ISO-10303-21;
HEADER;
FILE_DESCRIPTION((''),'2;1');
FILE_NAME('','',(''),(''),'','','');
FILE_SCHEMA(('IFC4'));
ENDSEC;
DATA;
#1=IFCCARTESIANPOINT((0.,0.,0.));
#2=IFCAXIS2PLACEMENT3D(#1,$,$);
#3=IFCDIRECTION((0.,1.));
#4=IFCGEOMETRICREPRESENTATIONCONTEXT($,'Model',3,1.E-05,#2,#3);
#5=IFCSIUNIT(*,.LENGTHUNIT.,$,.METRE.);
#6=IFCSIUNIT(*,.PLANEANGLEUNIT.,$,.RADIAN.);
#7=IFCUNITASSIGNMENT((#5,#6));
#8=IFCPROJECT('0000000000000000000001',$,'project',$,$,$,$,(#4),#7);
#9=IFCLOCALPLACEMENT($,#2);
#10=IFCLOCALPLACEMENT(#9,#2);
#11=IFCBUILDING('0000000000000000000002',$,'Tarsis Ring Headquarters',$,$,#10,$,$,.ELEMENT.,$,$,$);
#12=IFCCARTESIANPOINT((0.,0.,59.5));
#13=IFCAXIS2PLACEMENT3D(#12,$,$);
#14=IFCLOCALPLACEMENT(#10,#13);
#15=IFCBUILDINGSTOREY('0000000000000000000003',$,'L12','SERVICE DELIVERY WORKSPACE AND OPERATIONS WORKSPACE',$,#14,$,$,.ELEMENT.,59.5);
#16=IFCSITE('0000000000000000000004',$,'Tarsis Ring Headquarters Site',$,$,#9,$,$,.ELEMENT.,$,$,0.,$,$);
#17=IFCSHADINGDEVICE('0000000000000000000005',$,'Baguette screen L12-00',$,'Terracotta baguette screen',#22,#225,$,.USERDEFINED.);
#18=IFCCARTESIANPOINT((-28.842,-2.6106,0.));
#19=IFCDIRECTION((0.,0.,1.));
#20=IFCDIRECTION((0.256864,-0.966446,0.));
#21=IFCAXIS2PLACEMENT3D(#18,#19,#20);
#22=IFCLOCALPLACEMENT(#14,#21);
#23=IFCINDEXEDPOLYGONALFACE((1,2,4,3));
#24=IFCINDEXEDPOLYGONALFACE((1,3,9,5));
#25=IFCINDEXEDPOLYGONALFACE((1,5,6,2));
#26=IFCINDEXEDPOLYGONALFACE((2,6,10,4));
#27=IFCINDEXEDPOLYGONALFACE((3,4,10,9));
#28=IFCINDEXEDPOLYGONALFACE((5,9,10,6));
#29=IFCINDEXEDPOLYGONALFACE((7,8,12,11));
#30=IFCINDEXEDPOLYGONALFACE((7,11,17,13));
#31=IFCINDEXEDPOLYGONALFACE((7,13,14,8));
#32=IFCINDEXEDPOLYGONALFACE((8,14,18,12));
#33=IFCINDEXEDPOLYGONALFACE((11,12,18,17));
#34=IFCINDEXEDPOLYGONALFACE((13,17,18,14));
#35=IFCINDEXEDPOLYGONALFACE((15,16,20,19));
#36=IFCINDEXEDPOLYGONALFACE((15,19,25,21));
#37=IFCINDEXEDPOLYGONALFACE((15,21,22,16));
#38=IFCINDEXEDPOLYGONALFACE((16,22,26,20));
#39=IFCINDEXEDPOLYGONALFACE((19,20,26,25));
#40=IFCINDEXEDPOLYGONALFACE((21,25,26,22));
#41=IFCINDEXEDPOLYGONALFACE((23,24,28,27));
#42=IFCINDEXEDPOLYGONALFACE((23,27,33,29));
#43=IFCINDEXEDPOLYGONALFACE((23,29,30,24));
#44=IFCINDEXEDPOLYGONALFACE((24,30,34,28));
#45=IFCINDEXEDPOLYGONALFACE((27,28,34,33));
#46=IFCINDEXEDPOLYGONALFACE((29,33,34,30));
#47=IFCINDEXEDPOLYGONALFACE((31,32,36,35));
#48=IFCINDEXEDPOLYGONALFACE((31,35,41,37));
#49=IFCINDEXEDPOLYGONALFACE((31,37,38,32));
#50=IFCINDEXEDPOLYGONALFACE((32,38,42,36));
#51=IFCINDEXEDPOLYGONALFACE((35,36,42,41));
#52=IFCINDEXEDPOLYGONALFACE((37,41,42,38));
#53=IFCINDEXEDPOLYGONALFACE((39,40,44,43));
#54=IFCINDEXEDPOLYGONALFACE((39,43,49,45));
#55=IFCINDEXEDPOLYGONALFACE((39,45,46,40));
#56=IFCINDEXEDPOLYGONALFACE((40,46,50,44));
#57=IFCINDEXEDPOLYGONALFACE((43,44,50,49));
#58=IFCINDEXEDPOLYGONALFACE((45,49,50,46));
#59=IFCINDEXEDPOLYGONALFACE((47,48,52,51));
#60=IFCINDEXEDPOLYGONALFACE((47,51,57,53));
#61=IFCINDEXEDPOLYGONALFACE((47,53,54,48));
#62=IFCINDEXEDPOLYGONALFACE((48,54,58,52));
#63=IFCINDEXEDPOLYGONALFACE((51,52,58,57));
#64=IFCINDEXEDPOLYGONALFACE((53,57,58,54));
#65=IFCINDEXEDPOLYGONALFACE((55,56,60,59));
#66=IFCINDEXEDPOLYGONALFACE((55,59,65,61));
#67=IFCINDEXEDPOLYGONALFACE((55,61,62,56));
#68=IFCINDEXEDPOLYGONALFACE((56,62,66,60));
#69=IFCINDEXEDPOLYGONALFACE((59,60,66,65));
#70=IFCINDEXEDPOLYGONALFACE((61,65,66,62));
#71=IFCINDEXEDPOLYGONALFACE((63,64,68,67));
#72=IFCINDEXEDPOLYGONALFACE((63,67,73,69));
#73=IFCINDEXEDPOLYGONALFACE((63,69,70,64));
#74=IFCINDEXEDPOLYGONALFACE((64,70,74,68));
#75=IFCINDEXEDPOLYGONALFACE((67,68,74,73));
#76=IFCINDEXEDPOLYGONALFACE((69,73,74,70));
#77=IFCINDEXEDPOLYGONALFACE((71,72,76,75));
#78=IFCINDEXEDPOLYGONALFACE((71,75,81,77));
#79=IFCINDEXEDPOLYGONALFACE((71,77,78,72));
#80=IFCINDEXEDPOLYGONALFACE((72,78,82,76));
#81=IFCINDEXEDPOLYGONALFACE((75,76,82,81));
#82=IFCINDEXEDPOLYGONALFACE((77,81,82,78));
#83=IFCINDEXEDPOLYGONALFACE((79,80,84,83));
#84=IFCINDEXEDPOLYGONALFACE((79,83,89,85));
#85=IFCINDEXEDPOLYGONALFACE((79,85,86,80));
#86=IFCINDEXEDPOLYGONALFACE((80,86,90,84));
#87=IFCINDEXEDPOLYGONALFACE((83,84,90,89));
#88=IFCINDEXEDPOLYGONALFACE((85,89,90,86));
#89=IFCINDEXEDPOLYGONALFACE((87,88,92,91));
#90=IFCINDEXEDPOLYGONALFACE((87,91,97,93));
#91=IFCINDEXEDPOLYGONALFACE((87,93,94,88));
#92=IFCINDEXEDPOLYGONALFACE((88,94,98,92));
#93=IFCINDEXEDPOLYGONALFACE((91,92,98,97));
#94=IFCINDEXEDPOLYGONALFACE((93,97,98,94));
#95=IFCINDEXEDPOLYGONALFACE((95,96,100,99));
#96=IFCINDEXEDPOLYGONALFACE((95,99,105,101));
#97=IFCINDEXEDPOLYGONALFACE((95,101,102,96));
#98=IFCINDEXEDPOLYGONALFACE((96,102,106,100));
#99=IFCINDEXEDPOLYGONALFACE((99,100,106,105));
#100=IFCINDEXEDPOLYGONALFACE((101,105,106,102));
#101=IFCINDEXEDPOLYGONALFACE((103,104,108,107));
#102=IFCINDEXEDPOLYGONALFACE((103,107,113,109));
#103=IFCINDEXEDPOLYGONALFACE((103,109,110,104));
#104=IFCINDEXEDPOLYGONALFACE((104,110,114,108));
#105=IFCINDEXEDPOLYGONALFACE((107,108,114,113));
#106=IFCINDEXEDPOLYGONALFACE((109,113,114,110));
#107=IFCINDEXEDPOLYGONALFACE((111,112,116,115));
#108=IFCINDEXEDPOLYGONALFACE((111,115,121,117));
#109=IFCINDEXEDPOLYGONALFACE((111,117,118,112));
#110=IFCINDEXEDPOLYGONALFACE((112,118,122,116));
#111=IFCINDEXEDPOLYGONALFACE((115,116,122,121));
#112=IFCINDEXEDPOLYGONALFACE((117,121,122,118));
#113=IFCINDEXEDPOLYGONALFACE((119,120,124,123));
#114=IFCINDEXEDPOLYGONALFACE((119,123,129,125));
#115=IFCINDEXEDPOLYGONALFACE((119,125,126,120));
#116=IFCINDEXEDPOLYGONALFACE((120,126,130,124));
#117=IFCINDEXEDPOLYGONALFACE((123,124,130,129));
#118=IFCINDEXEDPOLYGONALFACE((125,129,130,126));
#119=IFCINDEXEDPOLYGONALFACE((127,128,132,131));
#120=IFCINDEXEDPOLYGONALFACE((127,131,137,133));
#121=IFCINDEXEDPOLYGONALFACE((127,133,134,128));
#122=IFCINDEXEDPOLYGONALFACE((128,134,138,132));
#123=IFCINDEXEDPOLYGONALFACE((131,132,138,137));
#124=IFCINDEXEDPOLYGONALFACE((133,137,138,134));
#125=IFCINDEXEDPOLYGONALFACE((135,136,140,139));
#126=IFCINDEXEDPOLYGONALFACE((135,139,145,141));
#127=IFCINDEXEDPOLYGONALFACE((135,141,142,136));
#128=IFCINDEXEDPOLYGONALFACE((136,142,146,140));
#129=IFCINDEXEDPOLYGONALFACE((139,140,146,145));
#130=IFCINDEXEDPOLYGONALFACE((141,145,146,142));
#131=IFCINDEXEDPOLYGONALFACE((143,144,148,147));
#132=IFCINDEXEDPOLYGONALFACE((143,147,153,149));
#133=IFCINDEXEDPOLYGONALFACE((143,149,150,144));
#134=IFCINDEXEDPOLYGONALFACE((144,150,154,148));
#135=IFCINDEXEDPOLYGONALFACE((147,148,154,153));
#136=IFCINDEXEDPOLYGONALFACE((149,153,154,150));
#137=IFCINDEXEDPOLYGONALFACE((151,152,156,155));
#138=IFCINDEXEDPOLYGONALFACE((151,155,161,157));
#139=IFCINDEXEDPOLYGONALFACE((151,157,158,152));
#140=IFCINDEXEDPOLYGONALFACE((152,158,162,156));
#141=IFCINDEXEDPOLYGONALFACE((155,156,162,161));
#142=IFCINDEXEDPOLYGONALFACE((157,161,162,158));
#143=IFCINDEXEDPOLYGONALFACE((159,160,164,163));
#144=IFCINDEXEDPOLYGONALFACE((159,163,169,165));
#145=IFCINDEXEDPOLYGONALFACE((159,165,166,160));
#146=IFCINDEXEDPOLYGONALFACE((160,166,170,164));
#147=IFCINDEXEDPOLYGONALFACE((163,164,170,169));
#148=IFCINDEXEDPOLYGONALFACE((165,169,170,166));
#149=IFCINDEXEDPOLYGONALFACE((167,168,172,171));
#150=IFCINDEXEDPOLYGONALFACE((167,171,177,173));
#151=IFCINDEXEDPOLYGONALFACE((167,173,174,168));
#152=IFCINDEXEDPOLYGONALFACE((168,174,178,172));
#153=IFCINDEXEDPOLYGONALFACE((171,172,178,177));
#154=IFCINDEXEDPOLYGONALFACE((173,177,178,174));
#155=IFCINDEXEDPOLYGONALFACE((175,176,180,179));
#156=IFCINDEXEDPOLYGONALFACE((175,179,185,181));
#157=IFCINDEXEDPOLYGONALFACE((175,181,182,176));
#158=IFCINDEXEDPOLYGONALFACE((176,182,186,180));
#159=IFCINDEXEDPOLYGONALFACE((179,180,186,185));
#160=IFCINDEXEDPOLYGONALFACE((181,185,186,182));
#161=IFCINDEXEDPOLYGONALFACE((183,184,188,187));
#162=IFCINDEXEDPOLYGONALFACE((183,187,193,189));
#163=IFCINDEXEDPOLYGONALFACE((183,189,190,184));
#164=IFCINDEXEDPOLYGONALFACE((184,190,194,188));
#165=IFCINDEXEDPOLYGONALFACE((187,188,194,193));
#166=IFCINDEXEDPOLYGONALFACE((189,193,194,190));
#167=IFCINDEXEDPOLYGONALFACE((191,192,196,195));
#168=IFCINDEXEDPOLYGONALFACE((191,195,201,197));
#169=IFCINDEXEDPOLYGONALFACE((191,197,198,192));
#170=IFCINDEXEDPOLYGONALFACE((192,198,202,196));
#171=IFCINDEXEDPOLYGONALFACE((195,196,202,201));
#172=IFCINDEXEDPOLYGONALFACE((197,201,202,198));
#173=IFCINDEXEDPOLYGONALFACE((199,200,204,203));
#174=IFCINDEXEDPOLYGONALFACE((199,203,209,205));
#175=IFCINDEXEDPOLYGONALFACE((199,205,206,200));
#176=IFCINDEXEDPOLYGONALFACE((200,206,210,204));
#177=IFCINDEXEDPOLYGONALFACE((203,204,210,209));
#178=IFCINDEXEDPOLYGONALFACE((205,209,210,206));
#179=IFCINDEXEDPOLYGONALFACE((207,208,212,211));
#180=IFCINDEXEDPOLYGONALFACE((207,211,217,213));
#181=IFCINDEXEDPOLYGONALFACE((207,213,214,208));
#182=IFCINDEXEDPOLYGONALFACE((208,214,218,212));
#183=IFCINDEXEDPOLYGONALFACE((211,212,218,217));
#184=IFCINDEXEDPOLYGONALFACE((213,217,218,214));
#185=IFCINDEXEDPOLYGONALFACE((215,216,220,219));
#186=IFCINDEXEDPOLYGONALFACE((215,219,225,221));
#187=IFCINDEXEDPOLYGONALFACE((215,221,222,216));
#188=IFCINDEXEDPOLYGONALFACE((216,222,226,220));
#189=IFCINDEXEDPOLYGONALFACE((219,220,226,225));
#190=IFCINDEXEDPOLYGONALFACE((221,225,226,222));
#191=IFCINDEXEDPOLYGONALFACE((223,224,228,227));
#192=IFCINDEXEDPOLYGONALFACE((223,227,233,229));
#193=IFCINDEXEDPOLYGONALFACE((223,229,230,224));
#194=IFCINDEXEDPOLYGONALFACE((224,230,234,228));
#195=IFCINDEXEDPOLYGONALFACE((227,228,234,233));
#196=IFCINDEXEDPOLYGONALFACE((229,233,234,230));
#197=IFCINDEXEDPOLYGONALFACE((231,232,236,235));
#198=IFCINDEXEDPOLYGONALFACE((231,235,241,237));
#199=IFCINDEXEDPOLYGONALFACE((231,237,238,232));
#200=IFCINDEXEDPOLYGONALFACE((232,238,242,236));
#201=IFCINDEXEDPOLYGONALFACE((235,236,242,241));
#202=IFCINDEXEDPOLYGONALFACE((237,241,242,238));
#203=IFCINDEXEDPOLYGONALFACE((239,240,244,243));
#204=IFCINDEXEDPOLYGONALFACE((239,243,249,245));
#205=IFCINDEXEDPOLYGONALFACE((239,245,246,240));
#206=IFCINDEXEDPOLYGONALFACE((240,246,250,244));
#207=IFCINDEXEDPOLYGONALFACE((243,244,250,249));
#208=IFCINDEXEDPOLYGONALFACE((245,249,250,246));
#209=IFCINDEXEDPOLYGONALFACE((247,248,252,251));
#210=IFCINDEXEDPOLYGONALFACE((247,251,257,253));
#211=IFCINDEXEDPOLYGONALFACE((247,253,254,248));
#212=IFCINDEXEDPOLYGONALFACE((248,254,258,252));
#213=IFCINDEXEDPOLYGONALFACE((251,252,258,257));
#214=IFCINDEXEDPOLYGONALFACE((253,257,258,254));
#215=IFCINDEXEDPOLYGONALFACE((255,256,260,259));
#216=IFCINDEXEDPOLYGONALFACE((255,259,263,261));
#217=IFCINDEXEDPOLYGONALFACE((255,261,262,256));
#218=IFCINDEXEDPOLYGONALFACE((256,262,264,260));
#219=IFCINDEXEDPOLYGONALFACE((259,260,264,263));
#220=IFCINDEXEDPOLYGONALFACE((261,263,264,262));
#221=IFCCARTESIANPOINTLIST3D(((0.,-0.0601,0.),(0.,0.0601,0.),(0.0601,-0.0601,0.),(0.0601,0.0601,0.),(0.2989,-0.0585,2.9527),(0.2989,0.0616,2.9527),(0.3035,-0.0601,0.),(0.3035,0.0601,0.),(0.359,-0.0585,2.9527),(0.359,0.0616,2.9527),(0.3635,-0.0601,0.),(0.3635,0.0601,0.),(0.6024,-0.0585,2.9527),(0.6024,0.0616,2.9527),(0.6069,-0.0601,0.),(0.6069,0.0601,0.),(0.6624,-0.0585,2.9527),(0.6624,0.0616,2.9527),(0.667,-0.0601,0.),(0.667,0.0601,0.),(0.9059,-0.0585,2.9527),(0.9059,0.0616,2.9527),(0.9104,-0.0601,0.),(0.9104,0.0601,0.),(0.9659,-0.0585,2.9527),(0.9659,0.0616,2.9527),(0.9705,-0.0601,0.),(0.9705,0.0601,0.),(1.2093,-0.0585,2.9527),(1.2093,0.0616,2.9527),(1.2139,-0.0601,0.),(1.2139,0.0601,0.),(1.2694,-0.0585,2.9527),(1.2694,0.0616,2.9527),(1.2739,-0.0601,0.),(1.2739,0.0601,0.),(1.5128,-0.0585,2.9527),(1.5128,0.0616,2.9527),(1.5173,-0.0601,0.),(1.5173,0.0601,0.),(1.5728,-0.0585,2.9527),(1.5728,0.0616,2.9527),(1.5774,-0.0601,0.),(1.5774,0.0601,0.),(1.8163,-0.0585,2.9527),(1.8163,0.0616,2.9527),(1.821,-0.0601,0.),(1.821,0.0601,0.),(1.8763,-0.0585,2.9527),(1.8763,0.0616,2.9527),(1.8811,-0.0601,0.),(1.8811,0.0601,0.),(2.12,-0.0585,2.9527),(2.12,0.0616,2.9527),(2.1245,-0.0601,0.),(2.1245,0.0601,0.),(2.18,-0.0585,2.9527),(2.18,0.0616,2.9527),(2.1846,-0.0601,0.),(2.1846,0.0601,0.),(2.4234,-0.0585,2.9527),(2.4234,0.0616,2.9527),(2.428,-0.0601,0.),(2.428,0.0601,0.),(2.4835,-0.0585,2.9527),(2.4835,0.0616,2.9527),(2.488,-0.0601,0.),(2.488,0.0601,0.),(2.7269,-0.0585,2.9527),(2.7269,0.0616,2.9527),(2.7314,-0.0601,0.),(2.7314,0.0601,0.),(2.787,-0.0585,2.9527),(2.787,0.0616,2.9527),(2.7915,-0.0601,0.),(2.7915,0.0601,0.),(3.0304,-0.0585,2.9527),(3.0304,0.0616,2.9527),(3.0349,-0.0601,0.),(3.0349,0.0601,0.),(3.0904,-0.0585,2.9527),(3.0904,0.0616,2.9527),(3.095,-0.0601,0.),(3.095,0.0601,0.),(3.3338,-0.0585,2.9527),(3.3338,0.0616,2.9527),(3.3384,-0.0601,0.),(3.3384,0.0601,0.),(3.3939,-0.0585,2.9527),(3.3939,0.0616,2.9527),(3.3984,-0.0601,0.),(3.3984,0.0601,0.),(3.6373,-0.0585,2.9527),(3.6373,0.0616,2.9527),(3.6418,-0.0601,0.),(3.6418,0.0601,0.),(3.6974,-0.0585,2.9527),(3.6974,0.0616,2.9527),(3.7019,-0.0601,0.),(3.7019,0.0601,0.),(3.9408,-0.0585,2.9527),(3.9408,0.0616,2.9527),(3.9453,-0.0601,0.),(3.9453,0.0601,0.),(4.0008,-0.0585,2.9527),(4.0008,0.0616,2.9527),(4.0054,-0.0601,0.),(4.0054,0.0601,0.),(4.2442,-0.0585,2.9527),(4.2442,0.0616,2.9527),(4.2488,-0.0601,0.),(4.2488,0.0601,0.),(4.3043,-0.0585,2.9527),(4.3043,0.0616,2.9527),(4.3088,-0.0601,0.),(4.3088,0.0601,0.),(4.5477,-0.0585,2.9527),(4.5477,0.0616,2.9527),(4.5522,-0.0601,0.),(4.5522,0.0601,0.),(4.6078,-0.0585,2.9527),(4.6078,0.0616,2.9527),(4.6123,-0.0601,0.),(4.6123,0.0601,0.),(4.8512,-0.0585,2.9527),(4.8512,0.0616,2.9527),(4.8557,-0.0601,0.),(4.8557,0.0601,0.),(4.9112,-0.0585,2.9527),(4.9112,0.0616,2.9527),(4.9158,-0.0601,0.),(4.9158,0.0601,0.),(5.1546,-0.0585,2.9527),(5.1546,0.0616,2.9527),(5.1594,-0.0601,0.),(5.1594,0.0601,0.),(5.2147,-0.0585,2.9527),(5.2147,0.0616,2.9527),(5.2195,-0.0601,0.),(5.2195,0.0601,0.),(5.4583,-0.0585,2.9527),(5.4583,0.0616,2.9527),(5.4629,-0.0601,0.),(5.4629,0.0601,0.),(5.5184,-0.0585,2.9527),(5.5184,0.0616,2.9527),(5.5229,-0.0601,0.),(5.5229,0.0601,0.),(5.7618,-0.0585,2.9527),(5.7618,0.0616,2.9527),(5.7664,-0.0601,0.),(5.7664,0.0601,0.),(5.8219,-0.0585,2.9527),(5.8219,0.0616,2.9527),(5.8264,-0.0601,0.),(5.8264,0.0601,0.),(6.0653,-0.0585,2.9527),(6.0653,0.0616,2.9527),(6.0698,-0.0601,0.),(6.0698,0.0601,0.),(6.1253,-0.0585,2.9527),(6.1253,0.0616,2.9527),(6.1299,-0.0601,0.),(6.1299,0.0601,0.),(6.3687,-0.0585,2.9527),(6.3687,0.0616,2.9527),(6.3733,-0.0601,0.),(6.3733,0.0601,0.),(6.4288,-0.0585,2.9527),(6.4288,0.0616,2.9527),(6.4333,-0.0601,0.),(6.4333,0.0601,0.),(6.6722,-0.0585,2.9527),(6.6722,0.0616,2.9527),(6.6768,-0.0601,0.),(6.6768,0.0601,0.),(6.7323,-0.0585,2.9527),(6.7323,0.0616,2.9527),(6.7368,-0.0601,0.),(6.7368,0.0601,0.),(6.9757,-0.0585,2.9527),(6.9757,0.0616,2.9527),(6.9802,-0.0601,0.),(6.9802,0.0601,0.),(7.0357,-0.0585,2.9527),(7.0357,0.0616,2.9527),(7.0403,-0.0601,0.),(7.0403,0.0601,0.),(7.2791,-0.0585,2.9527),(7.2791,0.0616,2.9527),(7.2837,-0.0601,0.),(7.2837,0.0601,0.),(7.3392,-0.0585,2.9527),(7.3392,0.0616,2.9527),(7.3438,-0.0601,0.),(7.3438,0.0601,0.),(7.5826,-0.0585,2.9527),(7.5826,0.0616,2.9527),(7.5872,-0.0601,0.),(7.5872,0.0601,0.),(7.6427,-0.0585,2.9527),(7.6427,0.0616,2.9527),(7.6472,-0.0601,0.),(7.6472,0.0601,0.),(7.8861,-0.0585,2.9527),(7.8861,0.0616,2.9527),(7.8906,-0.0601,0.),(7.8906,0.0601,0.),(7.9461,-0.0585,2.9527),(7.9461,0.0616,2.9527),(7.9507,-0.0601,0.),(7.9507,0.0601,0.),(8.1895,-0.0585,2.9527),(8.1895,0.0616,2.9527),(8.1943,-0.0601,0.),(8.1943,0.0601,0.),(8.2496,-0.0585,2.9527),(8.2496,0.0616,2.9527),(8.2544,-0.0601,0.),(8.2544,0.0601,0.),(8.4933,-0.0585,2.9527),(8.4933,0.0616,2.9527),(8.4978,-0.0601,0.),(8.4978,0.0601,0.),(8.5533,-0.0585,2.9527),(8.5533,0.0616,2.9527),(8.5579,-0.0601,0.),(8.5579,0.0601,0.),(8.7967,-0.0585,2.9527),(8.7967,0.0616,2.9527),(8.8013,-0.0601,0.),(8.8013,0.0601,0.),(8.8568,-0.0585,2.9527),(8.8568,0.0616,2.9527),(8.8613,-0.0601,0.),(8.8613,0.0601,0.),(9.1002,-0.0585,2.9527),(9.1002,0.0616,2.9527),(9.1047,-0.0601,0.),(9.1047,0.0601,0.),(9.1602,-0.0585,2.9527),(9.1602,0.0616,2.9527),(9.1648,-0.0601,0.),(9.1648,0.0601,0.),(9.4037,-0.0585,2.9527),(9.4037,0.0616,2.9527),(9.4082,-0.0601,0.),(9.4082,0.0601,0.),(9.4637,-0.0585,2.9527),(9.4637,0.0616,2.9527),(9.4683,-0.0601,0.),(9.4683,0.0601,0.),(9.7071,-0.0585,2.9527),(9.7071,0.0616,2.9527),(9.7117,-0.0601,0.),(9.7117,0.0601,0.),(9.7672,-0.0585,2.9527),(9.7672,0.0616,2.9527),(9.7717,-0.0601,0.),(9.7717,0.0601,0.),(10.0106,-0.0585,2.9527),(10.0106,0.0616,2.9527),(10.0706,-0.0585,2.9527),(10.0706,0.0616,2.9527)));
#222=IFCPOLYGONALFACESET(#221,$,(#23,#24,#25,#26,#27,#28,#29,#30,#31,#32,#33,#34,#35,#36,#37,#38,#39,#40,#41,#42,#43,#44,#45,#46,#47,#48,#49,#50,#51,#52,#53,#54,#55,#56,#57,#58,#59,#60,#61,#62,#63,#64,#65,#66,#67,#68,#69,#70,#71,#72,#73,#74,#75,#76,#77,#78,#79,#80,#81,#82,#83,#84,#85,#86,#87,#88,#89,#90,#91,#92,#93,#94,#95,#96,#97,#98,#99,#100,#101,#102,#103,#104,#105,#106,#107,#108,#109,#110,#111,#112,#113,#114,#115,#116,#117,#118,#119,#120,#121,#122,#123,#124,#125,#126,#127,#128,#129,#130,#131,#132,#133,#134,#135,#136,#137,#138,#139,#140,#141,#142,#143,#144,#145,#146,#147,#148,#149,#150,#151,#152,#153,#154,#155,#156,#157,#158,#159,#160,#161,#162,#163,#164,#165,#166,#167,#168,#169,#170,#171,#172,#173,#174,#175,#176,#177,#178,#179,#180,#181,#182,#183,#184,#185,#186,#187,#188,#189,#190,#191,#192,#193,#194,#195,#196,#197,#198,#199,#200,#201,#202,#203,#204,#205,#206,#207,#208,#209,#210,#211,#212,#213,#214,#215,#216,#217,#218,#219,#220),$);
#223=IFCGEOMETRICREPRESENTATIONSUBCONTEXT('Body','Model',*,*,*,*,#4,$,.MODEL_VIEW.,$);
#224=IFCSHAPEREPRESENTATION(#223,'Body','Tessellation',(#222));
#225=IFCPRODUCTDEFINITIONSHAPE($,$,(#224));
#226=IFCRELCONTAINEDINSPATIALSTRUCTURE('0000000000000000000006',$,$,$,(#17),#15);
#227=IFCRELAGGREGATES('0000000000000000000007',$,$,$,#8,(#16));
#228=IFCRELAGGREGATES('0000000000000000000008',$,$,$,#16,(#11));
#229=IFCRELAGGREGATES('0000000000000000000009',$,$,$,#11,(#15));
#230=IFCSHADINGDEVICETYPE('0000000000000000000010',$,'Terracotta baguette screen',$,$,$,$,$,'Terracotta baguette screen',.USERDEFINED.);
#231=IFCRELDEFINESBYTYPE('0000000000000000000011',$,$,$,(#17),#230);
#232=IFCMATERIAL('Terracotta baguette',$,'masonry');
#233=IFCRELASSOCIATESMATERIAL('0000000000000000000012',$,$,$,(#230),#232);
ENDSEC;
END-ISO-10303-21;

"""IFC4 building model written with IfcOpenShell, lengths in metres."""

from ifc_helpers import new_model, si_unit, direction, frame, frame_2d, origin, place, context, subcontext, project, spatial, rectangle, composite_profile, extrude, material, type_object, element, save


model = new_model("IFC4")

# Units and contexts
model_context = context("Model", 3, precision=1e-05, world=origin(), true_north=direction((0.0, 1.0)))
body_context = subcontext(model_context, "Body", "Model", "MODEL_VIEW")
ifc_project = project(units=[si_unit("LENGTHUNIT", "METRE"), si_unit("PLANEANGLEUNIT", "RADIAN")], contexts=[model_context])

# Site, building, storey
site_placement = place(None, origin())
site = spatial("IfcSite", under=ifc_project, at=site_placement, Name="Tarsis Ring Headquarters Site", CompositionType="ELEMENT", RefElevation=0.0)
building_placement = place(site_placement, origin())
building = spatial("IfcBuilding", under=site, at=building_placement, Name="Tarsis Ring Headquarters", CompositionType="ELEMENT")
storey_placement = place(building_placement, frame((0.0, 0.0, 59.5)))
storey = spatial("IfcBuildingStorey", under=building, at=storey_placement, Name="L12", Description="SERVICE DELIVERY WORKSPACE AND OPERATIONS WORKSPACE", CompositionType="ELEMENT", Elevation=59.5)

# Shading device
ifc_material_1 = material(Name="Terracotta baguette", Category="masonry")
shading_device_type = type_object("IfcShadingDeviceType", Name="Terracotta baguette screen", ElementType="Terracotta baguette screen", PredefinedType="USERDEFINED", material=ifc_material_1)
shading_device_1_placement = place(storey_placement, frame((-28.842, -2.6106, 0.0), z_axis=(0.0, 0.0, 1.0), x_axis=(0.256864, -0.966446, 0.0)))
element("IfcShadingDevice", 1, at=shading_device_1_placement, inside=storey, type_object=shading_device_type, Name="Baguette screen L12-00", ObjectType="Terracotta baguette screen", PredefinedType="USERDEFINED", context=body_context, shape_type="SweptSolid", body=[
    extrude(composite_profile([rectangle(XDim=0.0601, YDim=0.1201, at=frame_2d((0.03, 0.0))), rectangle(XDim=0.0601, YDim=0.1201, at=frame_2d((0.3335, 0.0))), rectangle(XDim=0.0601, YDim=0.1201, at=frame_2d((0.637, 0.0))), rectangle(XDim=0.0601, YDim=0.1201, at=frame_2d((0.9404, 0.0))), rectangle(XDim=0.0601, YDim=0.1201, at=frame_2d((1.2439, 0.0))), rectangle(XDim=0.0601, YDim=0.1201, at=frame_2d((1.5474, 0.0))), rectangle(XDim=0.0601, YDim=0.1201, at=frame_2d((1.8511, 0.0))), rectangle(XDim=0.0601, YDim=0.1201, at=frame_2d((2.1545, 0.0))), rectangle(XDim=0.0601, YDim=0.1201, at=frame_2d((2.458, 0.0))), rectangle(XDim=0.0601, YDim=0.1201, at=frame_2d((2.7615, 0.0))), rectangle(XDim=0.0601, YDim=0.1201, at=frame_2d((3.0649, 0.0))), rectangle(XDim=0.0601, YDim=0.1201, at=frame_2d((3.3684, 0.0))), rectangle(XDim=0.0601, YDim=0.1201, at=frame_2d((3.6719, 0.0))), rectangle(XDim=0.0601, YDim=0.1201, at=frame_2d((3.9753, 0.0))), rectangle(XDim=0.0601, YDim=0.1201, at=frame_2d((4.2788, 0.0))), rectangle(XDim=0.0601, YDim=0.1201, at=frame_2d((4.5823, 0.0))), rectangle(XDim=0.0601, YDim=0.1201, at=frame_2d((4.8857, 0.0))), rectangle(XDim=0.0601, YDim=0.1201, at=frame_2d((5.1895, 0.0))), rectangle(XDim=0.0601, YDim=0.1201, at=frame_2d((5.4929, 0.0))), rectangle(XDim=0.0601, YDim=0.1201, at=frame_2d((5.7964, 0.0))), rectangle(XDim=0.0601, YDim=0.1201, at=frame_2d((6.0999, 0.0))), rectangle(XDim=0.0601, YDim=0.1201, at=frame_2d((6.4033, 0.0))), rectangle(XDim=0.0601, YDim=0.1201, at=frame_2d((6.7068, 0.0))), rectangle(XDim=0.0601, YDim=0.1201, at=frame_2d((7.0103, 0.0))), rectangle(XDim=0.0601, YDim=0.1201, at=frame_2d((7.3137, 0.0))), rectangle(XDim=0.0601, YDim=0.1201, at=frame_2d((7.6172, 0.0))), rectangle(XDim=0.0601, YDim=0.1201, at=frame_2d((7.9207, 0.0))), rectangle(XDim=0.0601, YDim=0.1201, at=frame_2d((8.2244, 0.0))), rectangle(XDim=0.0601, YDim=0.1201, at=frame_2d((8.5278, 0.0))), rectangle(XDim=0.0601, YDim=0.1201, at=frame_2d((8.8313, 0.0))), rectangle(XDim=0.0601, YDim=0.1201, at=frame_2d((9.1348, 0.0))), rectangle(XDim=0.0601, YDim=0.1201, at=frame_2d((9.4382, 0.0))), rectangle(XDim=0.0601, YDim=0.1201, at=frame_2d((9.7417, 0.0)))]), origin(), (0.100722, 0.000529, 0.994914), 2.9678),
])

save(model, "model.ifc")
